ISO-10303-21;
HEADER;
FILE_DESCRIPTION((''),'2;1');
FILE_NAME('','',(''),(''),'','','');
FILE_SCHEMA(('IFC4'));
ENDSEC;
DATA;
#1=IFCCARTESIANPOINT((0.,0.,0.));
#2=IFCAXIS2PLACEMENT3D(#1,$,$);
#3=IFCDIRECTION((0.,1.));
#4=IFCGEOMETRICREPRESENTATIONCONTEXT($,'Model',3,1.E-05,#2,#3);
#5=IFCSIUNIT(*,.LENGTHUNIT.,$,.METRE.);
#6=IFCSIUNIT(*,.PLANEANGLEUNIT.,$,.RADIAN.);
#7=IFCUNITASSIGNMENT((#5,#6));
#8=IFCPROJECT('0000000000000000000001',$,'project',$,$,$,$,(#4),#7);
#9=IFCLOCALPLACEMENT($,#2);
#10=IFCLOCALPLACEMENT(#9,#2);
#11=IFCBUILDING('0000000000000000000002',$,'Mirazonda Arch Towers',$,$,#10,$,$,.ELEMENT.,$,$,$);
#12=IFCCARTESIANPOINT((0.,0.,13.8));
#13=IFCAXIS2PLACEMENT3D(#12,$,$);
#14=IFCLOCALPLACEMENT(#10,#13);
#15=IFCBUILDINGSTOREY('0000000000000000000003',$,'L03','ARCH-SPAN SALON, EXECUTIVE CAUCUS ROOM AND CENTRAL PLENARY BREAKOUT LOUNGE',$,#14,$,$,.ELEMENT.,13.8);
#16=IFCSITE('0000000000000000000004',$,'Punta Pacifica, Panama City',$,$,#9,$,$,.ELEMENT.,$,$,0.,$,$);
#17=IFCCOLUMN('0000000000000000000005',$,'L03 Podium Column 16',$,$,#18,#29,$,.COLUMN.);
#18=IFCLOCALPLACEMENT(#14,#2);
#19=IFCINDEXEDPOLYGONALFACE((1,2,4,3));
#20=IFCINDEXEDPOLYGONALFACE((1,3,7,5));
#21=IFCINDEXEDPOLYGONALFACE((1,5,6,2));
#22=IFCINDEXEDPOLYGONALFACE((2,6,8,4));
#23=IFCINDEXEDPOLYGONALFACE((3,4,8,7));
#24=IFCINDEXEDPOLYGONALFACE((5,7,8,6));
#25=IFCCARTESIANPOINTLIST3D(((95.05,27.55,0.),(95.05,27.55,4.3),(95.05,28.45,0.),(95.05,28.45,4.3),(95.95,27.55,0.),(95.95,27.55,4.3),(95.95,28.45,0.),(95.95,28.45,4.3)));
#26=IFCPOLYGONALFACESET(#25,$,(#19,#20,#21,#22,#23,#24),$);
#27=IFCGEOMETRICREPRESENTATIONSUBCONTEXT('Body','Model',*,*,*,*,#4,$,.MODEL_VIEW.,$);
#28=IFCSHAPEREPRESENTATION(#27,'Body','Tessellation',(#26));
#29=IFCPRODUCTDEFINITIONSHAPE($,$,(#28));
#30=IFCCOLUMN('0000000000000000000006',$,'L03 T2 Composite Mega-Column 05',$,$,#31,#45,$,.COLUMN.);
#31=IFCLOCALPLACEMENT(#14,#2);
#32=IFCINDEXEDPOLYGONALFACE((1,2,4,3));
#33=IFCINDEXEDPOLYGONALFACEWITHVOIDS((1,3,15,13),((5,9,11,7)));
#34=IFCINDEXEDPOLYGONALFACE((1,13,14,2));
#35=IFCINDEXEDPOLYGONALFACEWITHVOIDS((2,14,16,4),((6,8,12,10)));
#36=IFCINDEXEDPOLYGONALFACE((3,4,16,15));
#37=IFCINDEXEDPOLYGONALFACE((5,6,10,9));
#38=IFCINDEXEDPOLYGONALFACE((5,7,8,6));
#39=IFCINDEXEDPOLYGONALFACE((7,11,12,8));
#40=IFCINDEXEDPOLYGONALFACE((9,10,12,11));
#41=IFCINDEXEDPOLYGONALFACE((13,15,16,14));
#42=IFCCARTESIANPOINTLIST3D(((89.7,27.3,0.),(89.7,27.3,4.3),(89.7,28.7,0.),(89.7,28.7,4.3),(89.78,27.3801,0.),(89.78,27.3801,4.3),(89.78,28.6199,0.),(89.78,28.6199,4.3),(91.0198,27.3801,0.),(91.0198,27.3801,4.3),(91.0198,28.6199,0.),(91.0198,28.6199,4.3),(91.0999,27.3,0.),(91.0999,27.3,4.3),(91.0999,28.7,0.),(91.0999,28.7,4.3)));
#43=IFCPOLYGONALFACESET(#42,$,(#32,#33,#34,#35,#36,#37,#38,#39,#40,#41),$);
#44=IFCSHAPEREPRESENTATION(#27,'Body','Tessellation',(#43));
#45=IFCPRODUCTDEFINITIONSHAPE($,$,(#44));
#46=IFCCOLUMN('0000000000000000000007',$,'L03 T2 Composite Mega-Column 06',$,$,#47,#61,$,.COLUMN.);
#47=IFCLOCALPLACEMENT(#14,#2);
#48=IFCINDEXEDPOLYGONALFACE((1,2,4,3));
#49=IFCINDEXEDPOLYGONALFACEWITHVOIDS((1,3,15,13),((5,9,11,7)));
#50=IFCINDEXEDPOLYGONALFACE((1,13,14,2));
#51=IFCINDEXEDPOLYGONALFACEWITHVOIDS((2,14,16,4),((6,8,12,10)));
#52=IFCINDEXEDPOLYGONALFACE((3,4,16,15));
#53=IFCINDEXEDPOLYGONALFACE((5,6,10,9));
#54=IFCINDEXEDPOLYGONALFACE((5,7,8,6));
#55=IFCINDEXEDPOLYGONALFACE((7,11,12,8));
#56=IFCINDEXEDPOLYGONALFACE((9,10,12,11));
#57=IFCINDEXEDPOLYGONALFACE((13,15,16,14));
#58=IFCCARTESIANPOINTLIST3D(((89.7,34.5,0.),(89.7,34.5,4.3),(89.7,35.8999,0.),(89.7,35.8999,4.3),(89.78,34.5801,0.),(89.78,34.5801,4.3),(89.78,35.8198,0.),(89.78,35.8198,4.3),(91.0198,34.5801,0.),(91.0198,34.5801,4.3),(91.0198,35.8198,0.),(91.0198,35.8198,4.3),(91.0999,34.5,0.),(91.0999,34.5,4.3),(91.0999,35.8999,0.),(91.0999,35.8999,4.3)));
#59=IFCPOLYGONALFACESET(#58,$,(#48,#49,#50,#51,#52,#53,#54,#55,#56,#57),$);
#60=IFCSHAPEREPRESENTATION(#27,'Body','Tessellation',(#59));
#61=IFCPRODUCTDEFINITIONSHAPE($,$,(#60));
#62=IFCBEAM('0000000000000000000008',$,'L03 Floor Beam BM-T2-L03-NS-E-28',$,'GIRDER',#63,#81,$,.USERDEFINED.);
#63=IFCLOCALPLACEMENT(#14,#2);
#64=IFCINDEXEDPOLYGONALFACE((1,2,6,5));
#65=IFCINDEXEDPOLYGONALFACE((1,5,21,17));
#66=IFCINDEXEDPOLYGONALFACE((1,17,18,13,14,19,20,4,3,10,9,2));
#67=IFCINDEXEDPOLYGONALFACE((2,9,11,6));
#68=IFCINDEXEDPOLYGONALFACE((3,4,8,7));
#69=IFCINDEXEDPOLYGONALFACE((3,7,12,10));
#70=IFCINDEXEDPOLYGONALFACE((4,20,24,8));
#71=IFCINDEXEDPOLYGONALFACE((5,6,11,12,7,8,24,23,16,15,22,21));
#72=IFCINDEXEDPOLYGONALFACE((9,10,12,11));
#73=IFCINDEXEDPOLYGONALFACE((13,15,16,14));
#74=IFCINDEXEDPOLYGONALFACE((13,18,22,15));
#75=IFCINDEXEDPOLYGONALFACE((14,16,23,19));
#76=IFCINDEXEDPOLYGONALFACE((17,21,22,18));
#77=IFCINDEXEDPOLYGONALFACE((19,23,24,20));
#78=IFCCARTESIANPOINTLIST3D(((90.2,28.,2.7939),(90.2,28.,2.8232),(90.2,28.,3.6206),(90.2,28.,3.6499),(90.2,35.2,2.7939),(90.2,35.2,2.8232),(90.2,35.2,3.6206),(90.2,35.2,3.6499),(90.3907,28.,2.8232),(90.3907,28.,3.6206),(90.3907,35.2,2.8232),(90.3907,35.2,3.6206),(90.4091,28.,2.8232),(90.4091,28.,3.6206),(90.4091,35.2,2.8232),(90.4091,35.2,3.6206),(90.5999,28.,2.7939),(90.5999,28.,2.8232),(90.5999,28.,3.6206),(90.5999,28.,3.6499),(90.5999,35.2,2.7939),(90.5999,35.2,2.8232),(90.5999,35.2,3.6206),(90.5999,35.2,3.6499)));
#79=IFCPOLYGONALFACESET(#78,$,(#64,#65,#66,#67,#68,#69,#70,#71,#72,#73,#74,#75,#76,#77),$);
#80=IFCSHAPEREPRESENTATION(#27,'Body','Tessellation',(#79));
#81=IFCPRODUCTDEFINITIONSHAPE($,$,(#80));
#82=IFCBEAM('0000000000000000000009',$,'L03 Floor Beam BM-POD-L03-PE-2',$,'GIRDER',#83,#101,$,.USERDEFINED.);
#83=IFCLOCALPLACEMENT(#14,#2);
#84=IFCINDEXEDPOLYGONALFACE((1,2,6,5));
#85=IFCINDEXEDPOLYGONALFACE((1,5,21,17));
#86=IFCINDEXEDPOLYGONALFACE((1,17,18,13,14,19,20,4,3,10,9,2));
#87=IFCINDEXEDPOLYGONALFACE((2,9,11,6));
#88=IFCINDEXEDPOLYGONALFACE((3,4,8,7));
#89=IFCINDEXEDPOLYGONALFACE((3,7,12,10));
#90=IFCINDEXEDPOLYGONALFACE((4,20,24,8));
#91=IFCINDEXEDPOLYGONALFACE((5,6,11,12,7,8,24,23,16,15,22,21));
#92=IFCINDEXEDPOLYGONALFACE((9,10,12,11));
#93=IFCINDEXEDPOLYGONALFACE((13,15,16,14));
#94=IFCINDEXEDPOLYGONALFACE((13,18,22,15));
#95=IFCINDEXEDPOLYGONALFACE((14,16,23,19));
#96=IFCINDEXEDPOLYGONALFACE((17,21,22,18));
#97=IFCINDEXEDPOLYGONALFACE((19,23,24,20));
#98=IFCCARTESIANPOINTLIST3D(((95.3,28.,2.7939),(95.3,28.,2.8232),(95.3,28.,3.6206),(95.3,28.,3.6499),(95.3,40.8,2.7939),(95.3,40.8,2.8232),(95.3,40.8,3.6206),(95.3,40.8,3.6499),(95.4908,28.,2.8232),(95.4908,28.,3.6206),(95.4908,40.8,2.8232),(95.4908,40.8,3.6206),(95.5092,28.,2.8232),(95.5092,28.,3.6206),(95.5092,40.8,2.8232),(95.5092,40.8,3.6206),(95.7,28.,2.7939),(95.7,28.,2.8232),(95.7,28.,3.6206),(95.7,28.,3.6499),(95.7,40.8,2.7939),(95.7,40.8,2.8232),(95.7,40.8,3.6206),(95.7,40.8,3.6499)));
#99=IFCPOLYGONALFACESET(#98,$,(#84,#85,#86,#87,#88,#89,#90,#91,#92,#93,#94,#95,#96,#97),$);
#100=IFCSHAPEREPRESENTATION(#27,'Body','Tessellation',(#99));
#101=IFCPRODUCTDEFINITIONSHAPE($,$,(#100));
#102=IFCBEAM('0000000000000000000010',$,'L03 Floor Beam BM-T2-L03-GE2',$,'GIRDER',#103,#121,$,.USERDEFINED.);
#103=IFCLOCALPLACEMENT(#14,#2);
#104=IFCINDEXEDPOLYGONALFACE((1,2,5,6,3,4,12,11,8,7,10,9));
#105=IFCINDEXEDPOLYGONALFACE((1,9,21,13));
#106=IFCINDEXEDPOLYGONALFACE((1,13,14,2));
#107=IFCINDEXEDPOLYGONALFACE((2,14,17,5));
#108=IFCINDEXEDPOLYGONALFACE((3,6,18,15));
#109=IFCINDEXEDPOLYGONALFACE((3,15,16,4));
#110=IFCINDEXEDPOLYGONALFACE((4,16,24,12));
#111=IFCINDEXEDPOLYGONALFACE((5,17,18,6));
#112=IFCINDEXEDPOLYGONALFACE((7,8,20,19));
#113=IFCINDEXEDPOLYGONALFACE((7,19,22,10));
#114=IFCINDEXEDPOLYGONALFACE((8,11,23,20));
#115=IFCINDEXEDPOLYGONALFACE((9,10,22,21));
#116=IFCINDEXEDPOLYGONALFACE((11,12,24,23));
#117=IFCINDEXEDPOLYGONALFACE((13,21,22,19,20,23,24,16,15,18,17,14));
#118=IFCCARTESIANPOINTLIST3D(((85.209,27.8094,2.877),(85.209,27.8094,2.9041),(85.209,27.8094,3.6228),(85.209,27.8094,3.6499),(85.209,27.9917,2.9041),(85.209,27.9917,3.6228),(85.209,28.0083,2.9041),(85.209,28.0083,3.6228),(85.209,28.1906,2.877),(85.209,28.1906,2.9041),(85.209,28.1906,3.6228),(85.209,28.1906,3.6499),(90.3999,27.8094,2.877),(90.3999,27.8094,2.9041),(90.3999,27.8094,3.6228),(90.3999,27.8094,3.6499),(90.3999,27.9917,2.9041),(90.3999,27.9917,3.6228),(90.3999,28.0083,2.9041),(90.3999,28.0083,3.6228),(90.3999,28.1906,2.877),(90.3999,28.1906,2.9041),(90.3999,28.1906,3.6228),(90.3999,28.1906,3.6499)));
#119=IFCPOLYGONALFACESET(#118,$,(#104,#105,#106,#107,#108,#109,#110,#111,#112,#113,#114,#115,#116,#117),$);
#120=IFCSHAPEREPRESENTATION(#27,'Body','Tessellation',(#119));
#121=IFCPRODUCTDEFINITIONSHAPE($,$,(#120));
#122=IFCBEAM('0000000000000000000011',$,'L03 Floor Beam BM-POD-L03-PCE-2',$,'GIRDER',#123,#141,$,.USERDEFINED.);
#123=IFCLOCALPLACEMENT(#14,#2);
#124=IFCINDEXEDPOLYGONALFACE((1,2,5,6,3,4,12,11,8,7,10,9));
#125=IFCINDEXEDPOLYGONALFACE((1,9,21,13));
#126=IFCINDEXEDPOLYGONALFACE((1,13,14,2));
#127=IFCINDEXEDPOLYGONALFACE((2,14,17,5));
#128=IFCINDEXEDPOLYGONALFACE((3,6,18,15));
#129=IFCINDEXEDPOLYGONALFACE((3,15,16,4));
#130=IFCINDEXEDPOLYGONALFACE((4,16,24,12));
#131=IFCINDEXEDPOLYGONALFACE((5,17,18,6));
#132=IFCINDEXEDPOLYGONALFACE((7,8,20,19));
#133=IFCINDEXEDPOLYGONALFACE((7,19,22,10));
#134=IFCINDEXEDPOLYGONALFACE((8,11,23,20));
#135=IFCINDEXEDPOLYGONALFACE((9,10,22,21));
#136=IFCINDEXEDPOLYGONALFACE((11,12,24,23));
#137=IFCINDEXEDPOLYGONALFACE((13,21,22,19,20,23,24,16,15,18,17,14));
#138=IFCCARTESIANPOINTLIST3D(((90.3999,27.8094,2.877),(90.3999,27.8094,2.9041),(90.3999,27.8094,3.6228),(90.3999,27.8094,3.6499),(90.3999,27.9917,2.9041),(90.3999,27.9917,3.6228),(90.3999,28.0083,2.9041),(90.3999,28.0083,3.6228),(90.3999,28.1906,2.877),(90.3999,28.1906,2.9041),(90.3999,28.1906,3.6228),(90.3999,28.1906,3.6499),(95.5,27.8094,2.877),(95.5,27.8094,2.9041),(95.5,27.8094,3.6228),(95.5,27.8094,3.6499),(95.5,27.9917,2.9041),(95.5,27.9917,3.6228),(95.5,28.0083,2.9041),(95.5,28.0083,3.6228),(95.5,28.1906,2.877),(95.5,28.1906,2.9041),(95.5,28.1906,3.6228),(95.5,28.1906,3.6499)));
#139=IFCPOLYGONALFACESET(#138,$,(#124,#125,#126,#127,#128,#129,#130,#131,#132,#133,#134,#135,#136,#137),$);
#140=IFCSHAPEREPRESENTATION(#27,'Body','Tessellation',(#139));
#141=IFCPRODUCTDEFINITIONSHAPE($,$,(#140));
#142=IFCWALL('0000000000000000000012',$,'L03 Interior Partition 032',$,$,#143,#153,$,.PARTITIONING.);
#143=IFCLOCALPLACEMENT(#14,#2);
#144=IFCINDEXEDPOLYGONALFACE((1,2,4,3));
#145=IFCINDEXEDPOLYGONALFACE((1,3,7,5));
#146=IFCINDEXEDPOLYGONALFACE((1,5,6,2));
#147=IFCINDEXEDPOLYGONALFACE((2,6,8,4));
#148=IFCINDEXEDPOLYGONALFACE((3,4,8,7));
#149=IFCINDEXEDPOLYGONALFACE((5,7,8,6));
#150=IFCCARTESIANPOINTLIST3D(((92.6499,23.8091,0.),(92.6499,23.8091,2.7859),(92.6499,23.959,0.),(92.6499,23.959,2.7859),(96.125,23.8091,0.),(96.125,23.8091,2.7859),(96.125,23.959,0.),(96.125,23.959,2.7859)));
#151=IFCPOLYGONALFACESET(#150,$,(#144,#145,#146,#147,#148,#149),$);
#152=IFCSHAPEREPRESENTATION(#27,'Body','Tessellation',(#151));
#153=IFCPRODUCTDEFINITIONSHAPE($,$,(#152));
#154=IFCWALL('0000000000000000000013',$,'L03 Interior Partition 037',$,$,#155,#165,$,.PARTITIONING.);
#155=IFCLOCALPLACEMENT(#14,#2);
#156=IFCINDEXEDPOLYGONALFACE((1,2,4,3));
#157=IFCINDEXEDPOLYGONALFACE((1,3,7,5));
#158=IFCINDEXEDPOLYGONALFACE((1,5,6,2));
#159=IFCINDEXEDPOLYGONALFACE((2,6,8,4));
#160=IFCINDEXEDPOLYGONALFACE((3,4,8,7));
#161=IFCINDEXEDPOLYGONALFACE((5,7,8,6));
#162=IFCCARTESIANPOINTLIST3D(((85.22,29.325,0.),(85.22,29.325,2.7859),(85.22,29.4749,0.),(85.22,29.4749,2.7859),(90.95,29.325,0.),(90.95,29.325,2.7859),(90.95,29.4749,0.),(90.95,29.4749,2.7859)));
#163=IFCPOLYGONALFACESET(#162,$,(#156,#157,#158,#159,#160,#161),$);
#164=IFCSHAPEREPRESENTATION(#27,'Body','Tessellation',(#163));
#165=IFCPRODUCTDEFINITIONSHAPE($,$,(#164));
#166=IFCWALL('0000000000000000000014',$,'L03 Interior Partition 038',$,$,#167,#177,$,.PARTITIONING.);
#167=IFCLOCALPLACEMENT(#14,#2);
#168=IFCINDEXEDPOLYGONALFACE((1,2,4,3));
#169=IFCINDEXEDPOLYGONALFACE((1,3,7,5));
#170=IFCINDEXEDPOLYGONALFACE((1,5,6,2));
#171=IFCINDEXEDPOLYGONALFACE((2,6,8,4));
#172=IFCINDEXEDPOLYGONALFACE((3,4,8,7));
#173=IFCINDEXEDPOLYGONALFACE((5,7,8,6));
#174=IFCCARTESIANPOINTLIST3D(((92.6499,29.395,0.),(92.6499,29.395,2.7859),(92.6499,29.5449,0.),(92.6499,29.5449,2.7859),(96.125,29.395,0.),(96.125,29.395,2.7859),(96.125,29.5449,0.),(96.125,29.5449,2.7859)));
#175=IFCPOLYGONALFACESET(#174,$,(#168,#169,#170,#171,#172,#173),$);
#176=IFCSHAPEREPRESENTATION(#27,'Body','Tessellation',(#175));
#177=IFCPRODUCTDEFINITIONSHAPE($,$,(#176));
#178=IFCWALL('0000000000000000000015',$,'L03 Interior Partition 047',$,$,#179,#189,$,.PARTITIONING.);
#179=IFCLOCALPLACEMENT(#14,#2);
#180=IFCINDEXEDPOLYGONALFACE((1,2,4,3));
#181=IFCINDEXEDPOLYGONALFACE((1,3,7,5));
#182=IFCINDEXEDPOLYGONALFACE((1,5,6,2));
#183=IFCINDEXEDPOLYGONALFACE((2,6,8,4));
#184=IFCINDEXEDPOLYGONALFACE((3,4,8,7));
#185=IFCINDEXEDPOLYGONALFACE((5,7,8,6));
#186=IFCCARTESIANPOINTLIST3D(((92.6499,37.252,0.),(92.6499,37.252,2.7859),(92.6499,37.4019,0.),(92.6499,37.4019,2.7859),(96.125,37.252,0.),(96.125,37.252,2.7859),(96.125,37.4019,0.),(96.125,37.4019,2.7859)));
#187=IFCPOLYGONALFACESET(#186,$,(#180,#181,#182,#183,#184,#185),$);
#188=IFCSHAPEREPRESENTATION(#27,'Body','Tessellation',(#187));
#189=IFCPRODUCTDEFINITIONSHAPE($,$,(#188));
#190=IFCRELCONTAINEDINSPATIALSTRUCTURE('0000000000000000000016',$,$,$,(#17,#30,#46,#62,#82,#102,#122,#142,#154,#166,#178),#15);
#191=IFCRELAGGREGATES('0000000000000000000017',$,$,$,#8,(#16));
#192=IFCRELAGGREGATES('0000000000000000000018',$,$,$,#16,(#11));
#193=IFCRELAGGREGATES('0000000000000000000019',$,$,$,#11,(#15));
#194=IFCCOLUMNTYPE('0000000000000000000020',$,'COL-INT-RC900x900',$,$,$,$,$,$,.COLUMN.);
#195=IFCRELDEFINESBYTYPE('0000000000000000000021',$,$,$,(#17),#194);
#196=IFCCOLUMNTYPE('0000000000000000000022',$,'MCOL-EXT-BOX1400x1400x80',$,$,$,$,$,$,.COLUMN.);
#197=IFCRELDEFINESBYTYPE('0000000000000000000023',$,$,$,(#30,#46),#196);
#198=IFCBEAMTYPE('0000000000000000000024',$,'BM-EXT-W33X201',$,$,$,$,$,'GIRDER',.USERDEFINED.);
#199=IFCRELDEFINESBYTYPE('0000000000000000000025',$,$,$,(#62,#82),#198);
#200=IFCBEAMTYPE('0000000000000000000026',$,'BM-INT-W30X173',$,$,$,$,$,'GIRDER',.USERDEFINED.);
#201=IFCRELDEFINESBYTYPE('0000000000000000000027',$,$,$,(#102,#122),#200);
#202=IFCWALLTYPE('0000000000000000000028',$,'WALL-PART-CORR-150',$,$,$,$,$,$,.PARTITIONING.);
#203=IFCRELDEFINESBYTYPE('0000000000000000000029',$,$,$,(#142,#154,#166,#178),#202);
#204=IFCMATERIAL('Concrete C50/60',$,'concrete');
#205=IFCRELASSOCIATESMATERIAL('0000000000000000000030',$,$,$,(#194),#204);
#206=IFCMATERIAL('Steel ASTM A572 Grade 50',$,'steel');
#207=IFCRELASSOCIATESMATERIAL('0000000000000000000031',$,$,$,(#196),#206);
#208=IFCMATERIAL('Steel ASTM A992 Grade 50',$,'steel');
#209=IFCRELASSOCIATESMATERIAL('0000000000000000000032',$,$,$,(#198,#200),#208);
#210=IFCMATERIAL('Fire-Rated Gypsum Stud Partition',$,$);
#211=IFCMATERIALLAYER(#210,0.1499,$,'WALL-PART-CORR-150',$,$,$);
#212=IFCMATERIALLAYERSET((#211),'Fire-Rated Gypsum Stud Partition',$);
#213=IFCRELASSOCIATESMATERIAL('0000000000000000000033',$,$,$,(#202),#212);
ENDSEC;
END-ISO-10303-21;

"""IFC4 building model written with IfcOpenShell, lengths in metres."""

from ifc_helpers import new_model, si_unit, direction, frame, frame_2d, origin, origin_2d, place, context, subcontext, project, spatial, rectangle, hollow_rectangle, i_section, extrude, material, layer, layer_set, material_profile, profile_set, type_object, element, save


model = new_model("IFC4")

# Units and contexts
model_context = context("Model", 3, precision=1e-05, world=origin(), true_north=direction((0.0, 1.0)))
body_context = subcontext(model_context, "Body", "Model", "MODEL_VIEW")
ifc_project = project(units=[si_unit("LENGTHUNIT", "METRE"), si_unit("PLANEANGLEUNIT", "RADIAN")], contexts=[model_context])

# Site, building, storey
site_placement = place(None, origin())
site = spatial("IfcSite", under=ifc_project, at=site_placement, Name="Punta Pacifica, Panama City", CompositionType="ELEMENT", RefElevation=0.0)
building_placement = place(site_placement, origin())
building = spatial("IfcBuilding", under=site, at=building_placement, Name="Mirazonda Arch Towers", CompositionType="ELEMENT")
storey_placement = place(building_placement, frame((0.0, 0.0, 13.8)))
storey = spatial("IfcBuildingStorey", under=building, at=storey_placement, Name="L03", Description="ARCH-SPAN SALON, EXECUTIVE CAUCUS ROOM AND CENTRAL PLENARY BREAKOUT LOUNGE", CompositionType="ELEMENT", Elevation=13.8)

# Columns
ifc_material_1 = material(Name="Concrete C50/60", Category="concrete")
ifc_material_profile_1 = material_profile(ifc_material_1, rectangle(XDim=0.8999, YDim=0.8999, at=origin_2d()), Name="RC900x900")
ifc_profile_set_1 = profile_set([ifc_material_profile_1], Name="Concrete C50/60")
column_type_1 = type_object("IfcColumnType", Name="COL-INT-RC900x900", PredefinedType="COLUMN", material=ifc_profile_set_1)
column_placement = place(storey_placement, frame((95.5, 28.0, 0.0), z_axis=(0.0, 0.0, 1.0), x_axis=(1.0, 0.0, 0.0)))
element("IfcColumn", 1, at=column_placement, inside=storey, type_object=column_type_1, Name="L03 Podium Column 16", PredefinedType="COLUMN", context=body_context, shape_type="SweptSolid", body=[
    extrude(rectangle(XDim=0.8999, YDim=0.8999, at=origin_2d()), origin(), (0.0, 0.0, 1.0), 4.3),
])
ifc_material_2 = material(Name="Steel ASTM A572 Grade 50", Category="steel")
ifc_material_profile_2 = material_profile(ifc_material_2, hollow_rectangle(XDim=1.3999, YDim=1.3999, WallThickness=0.0801, at=origin_2d()), Name="BOX1400x1400x80")
ifc_profile_set_2 = profile_set([ifc_material_profile_2], Name="Steel ASTM A572 Grade 50")
column_type_2 = type_object("IfcColumnType", Name="MCOL-EXT-BOX1400x1400x80", PredefinedType="COLUMN", material=ifc_profile_set_2)
for number, where, z_axis, x_axis, name in (
    (2, (90.3999, 28.0, 0.0), (0.0, 0.0, 1.0), (1.0, 0.0, 0.0), "L03 T2 Composite Mega-Column 05"),
    (3, (90.3999, 35.2, 0.0), (0.0, 0.0, 1.0), (1.0, 0.0, 0.0), "L03 T2 Composite Mega-Column 06"),
):
    element("IfcColumn", number, at=place(storey_placement, frame(where, z_axis=z_axis, x_axis=x_axis)), inside=storey, type_object=column_type_2, Name=name, PredefinedType="COLUMN", context=body_context, shape_type="SweptSolid", body=[
        extrude(hollow_rectangle(XDim=1.3999, YDim=1.3999, WallThickness=0.0801, at=origin_2d()), origin(), (0.0, 0.0, 1.0), 4.3),
    ])

# Beams
ifc_material_3 = material(Name="Steel ASTM A992 Grade 50", Category="steel")
ifc_material_profile_3 = material_profile(ifc_material_3, i_section(OverallWidth=0.3999, OverallDepth=0.856, WebThickness=0.0183, FlangeThickness=0.0293, at=origin_2d()), Name="W33X201")
ifc_profile_set_3 = profile_set([ifc_material_profile_3], Name="Steel ASTM A992 Grade 50")
beam_type_1 = type_object("IfcBeamType", Name="BM-EXT-W33X201", ElementType="GIRDER", PredefinedType="USERDEFINED", material=ifc_profile_set_3)
beam_1_placement = place(storey_placement, frame((90.3999, 28.0, 3.2219), z_axis=(0.0, 1.0, 0.0), x_axis=(-1.0, 0.0, 0.0)))
element("IfcBeam", 4, at=beam_1_placement, inside=storey, type_object=beam_type_1, Name="L03 Floor Beam BM-T2-L03-NS-E-28", ObjectType="GIRDER", PredefinedType="USERDEFINED", context=body_context, shape_type="SweptSolid", body=[
    extrude(i_section(OverallWidth=0.3999, OverallDepth=0.856, WebThickness=0.0183, FlangeThickness=0.0293, at=origin_2d()), origin(), (0.0, 0.0, 1.0), 7.2),
])
beam_2_placement = place(storey_placement, frame((95.5, 28.0, 3.2219), z_axis=(0.0, 1.0, 0.0), x_axis=(-1.0, 0.0, 0.0)))
element("IfcBeam", 5, at=beam_2_placement, inside=storey, type_object=beam_type_1, Name="L03 Floor Beam BM-POD-L03-PE-2", ObjectType="GIRDER", PredefinedType="USERDEFINED", context=body_context, shape_type="SweptSolid", body=[
    extrude(i_section(OverallWidth=0.3999, OverallDepth=0.856, WebThickness=0.0183, FlangeThickness=0.0293, at=origin_2d()), origin(), (0.0, 0.0, 1.0), 12.8),
])
ifc_material_profile_4 = material_profile(ifc_material_3, i_section(OverallWidth=0.3811, OverallDepth=0.7729, WebThickness=0.0166, FlangeThickness=0.0271, at=origin_2d()), Name="W30X173")
ifc_profile_set_4 = profile_set([ifc_material_profile_4], Name="Steel ASTM A992 Grade 50")
beam_type_2 = type_object("IfcBeamType", Name="BM-INT-W30X173", ElementType="GIRDER", PredefinedType="USERDEFINED", material=ifc_profile_set_4)
beam_3_placement = place(storey_placement, frame((85.209, 28.0, 3.2634), z_axis=(1.0, 0.0, 0.0), x_axis=(0.0, 1.0, 0.0)))
element("IfcBeam", 6, at=beam_3_placement, inside=storey, type_object=beam_type_2, Name="L03 Floor Beam BM-T2-L03-GE2", ObjectType="GIRDER", PredefinedType="USERDEFINED", context=body_context, shape_type="SweptSolid", body=[
    extrude(i_section(OverallWidth=0.3811, OverallDepth=0.7729, WebThickness=0.0166, FlangeThickness=0.0271, at=origin_2d()), origin(), (0.0, 0.0, 1.0), 5.1909),
])
beam_4_placement = place(storey_placement, frame((90.3999, 28.0, 3.2634), z_axis=(1.0, 0.0, 0.0), x_axis=(0.0, 1.0, 0.0)))
element("IfcBeam", 7, at=beam_4_placement, inside=storey, type_object=beam_type_2, Name="L03 Floor Beam BM-POD-L03-PCE-2", ObjectType="GIRDER", PredefinedType="USERDEFINED", context=body_context, shape_type="SweptSolid", body=[
    extrude(i_section(OverallWidth=0.3811, OverallDepth=0.7729, WebThickness=0.0166, FlangeThickness=0.0271, at=origin_2d()), origin(), (0.0, 0.0, 1.0), 5.1001),
])

# Walls
ifc_material_4 = material(Name="Fire-Rated Gypsum Stud Partition")
ifc_layer = layer(ifc_material_4, 0.1499, Name="WALL-PART-CORR-150")
ifc_layer_set = layer_set([ifc_layer], Name="Fire-Rated Gypsum Stud Partition")
wall_type = type_object("IfcWallType", Name="WALL-PART-CORR-150", PredefinedType="PARTITIONING", material=ifc_layer_set)
wall_1_placement = place(storey_placement, frame((92.6499, 23.884, 0.0), z_axis=(0.0, 0.0, 1.0), x_axis=(1.0, 0.0, 0.0)))
element("IfcWall", 8, at=wall_1_placement, inside=storey, type_object=wall_type, Name="L03 Interior Partition 032", PredefinedType="PARTITIONING", context=body_context, shape_type="SweptSolid", body=[
    extrude(rectangle(XDim=3.4751, YDim=0.1499, at=frame_2d((1.7375, 0.0))), origin(), (0.0, 0.0, 1.0), 2.7859),
])
wall_2_placement = place(storey_placement, frame((85.22, 29.3999, 0.0), z_axis=(0.0, 0.0, 1.0), x_axis=(1.0, 0.0, 0.0)))
element("IfcWall", 9, at=wall_2_placement, inside=storey, type_object=wall_type, Name="L03 Interior Partition 037", PredefinedType="PARTITIONING", context=body_context, shape_type="SweptSolid", body=[
    extrude(rectangle(XDim=5.73, YDim=0.1499, at=frame_2d((2.865, 0.0))), origin(), (0.0, 0.0, 1.0), 2.7859),
])
for number, where, z_axis, x_axis, name in (
    (10, (92.6499, 29.47, 0.0), (0.0, 0.0, 1.0), (1.0, 0.0, 0.0), "L03 Interior Partition 038"),
    (11, (92.6499, 37.3269, 0.0), (0.0, 0.0, 1.0), (1.0, 0.0, 0.0), "L03 Interior Partition 047"),
):
    element("IfcWall", number, at=place(storey_placement, frame(where, z_axis=z_axis, x_axis=x_axis)), inside=storey, type_object=wall_type, Name=name, PredefinedType="PARTITIONING", context=body_context, shape_type="SweptSolid", body=[
        extrude(rectangle(XDim=3.4751, YDim=0.1499, at=frame_2d((1.7375, 0.0))), origin(), (0.0, 0.0, 1.0), 2.7859),
    ])

save(model, "model.ifc")
